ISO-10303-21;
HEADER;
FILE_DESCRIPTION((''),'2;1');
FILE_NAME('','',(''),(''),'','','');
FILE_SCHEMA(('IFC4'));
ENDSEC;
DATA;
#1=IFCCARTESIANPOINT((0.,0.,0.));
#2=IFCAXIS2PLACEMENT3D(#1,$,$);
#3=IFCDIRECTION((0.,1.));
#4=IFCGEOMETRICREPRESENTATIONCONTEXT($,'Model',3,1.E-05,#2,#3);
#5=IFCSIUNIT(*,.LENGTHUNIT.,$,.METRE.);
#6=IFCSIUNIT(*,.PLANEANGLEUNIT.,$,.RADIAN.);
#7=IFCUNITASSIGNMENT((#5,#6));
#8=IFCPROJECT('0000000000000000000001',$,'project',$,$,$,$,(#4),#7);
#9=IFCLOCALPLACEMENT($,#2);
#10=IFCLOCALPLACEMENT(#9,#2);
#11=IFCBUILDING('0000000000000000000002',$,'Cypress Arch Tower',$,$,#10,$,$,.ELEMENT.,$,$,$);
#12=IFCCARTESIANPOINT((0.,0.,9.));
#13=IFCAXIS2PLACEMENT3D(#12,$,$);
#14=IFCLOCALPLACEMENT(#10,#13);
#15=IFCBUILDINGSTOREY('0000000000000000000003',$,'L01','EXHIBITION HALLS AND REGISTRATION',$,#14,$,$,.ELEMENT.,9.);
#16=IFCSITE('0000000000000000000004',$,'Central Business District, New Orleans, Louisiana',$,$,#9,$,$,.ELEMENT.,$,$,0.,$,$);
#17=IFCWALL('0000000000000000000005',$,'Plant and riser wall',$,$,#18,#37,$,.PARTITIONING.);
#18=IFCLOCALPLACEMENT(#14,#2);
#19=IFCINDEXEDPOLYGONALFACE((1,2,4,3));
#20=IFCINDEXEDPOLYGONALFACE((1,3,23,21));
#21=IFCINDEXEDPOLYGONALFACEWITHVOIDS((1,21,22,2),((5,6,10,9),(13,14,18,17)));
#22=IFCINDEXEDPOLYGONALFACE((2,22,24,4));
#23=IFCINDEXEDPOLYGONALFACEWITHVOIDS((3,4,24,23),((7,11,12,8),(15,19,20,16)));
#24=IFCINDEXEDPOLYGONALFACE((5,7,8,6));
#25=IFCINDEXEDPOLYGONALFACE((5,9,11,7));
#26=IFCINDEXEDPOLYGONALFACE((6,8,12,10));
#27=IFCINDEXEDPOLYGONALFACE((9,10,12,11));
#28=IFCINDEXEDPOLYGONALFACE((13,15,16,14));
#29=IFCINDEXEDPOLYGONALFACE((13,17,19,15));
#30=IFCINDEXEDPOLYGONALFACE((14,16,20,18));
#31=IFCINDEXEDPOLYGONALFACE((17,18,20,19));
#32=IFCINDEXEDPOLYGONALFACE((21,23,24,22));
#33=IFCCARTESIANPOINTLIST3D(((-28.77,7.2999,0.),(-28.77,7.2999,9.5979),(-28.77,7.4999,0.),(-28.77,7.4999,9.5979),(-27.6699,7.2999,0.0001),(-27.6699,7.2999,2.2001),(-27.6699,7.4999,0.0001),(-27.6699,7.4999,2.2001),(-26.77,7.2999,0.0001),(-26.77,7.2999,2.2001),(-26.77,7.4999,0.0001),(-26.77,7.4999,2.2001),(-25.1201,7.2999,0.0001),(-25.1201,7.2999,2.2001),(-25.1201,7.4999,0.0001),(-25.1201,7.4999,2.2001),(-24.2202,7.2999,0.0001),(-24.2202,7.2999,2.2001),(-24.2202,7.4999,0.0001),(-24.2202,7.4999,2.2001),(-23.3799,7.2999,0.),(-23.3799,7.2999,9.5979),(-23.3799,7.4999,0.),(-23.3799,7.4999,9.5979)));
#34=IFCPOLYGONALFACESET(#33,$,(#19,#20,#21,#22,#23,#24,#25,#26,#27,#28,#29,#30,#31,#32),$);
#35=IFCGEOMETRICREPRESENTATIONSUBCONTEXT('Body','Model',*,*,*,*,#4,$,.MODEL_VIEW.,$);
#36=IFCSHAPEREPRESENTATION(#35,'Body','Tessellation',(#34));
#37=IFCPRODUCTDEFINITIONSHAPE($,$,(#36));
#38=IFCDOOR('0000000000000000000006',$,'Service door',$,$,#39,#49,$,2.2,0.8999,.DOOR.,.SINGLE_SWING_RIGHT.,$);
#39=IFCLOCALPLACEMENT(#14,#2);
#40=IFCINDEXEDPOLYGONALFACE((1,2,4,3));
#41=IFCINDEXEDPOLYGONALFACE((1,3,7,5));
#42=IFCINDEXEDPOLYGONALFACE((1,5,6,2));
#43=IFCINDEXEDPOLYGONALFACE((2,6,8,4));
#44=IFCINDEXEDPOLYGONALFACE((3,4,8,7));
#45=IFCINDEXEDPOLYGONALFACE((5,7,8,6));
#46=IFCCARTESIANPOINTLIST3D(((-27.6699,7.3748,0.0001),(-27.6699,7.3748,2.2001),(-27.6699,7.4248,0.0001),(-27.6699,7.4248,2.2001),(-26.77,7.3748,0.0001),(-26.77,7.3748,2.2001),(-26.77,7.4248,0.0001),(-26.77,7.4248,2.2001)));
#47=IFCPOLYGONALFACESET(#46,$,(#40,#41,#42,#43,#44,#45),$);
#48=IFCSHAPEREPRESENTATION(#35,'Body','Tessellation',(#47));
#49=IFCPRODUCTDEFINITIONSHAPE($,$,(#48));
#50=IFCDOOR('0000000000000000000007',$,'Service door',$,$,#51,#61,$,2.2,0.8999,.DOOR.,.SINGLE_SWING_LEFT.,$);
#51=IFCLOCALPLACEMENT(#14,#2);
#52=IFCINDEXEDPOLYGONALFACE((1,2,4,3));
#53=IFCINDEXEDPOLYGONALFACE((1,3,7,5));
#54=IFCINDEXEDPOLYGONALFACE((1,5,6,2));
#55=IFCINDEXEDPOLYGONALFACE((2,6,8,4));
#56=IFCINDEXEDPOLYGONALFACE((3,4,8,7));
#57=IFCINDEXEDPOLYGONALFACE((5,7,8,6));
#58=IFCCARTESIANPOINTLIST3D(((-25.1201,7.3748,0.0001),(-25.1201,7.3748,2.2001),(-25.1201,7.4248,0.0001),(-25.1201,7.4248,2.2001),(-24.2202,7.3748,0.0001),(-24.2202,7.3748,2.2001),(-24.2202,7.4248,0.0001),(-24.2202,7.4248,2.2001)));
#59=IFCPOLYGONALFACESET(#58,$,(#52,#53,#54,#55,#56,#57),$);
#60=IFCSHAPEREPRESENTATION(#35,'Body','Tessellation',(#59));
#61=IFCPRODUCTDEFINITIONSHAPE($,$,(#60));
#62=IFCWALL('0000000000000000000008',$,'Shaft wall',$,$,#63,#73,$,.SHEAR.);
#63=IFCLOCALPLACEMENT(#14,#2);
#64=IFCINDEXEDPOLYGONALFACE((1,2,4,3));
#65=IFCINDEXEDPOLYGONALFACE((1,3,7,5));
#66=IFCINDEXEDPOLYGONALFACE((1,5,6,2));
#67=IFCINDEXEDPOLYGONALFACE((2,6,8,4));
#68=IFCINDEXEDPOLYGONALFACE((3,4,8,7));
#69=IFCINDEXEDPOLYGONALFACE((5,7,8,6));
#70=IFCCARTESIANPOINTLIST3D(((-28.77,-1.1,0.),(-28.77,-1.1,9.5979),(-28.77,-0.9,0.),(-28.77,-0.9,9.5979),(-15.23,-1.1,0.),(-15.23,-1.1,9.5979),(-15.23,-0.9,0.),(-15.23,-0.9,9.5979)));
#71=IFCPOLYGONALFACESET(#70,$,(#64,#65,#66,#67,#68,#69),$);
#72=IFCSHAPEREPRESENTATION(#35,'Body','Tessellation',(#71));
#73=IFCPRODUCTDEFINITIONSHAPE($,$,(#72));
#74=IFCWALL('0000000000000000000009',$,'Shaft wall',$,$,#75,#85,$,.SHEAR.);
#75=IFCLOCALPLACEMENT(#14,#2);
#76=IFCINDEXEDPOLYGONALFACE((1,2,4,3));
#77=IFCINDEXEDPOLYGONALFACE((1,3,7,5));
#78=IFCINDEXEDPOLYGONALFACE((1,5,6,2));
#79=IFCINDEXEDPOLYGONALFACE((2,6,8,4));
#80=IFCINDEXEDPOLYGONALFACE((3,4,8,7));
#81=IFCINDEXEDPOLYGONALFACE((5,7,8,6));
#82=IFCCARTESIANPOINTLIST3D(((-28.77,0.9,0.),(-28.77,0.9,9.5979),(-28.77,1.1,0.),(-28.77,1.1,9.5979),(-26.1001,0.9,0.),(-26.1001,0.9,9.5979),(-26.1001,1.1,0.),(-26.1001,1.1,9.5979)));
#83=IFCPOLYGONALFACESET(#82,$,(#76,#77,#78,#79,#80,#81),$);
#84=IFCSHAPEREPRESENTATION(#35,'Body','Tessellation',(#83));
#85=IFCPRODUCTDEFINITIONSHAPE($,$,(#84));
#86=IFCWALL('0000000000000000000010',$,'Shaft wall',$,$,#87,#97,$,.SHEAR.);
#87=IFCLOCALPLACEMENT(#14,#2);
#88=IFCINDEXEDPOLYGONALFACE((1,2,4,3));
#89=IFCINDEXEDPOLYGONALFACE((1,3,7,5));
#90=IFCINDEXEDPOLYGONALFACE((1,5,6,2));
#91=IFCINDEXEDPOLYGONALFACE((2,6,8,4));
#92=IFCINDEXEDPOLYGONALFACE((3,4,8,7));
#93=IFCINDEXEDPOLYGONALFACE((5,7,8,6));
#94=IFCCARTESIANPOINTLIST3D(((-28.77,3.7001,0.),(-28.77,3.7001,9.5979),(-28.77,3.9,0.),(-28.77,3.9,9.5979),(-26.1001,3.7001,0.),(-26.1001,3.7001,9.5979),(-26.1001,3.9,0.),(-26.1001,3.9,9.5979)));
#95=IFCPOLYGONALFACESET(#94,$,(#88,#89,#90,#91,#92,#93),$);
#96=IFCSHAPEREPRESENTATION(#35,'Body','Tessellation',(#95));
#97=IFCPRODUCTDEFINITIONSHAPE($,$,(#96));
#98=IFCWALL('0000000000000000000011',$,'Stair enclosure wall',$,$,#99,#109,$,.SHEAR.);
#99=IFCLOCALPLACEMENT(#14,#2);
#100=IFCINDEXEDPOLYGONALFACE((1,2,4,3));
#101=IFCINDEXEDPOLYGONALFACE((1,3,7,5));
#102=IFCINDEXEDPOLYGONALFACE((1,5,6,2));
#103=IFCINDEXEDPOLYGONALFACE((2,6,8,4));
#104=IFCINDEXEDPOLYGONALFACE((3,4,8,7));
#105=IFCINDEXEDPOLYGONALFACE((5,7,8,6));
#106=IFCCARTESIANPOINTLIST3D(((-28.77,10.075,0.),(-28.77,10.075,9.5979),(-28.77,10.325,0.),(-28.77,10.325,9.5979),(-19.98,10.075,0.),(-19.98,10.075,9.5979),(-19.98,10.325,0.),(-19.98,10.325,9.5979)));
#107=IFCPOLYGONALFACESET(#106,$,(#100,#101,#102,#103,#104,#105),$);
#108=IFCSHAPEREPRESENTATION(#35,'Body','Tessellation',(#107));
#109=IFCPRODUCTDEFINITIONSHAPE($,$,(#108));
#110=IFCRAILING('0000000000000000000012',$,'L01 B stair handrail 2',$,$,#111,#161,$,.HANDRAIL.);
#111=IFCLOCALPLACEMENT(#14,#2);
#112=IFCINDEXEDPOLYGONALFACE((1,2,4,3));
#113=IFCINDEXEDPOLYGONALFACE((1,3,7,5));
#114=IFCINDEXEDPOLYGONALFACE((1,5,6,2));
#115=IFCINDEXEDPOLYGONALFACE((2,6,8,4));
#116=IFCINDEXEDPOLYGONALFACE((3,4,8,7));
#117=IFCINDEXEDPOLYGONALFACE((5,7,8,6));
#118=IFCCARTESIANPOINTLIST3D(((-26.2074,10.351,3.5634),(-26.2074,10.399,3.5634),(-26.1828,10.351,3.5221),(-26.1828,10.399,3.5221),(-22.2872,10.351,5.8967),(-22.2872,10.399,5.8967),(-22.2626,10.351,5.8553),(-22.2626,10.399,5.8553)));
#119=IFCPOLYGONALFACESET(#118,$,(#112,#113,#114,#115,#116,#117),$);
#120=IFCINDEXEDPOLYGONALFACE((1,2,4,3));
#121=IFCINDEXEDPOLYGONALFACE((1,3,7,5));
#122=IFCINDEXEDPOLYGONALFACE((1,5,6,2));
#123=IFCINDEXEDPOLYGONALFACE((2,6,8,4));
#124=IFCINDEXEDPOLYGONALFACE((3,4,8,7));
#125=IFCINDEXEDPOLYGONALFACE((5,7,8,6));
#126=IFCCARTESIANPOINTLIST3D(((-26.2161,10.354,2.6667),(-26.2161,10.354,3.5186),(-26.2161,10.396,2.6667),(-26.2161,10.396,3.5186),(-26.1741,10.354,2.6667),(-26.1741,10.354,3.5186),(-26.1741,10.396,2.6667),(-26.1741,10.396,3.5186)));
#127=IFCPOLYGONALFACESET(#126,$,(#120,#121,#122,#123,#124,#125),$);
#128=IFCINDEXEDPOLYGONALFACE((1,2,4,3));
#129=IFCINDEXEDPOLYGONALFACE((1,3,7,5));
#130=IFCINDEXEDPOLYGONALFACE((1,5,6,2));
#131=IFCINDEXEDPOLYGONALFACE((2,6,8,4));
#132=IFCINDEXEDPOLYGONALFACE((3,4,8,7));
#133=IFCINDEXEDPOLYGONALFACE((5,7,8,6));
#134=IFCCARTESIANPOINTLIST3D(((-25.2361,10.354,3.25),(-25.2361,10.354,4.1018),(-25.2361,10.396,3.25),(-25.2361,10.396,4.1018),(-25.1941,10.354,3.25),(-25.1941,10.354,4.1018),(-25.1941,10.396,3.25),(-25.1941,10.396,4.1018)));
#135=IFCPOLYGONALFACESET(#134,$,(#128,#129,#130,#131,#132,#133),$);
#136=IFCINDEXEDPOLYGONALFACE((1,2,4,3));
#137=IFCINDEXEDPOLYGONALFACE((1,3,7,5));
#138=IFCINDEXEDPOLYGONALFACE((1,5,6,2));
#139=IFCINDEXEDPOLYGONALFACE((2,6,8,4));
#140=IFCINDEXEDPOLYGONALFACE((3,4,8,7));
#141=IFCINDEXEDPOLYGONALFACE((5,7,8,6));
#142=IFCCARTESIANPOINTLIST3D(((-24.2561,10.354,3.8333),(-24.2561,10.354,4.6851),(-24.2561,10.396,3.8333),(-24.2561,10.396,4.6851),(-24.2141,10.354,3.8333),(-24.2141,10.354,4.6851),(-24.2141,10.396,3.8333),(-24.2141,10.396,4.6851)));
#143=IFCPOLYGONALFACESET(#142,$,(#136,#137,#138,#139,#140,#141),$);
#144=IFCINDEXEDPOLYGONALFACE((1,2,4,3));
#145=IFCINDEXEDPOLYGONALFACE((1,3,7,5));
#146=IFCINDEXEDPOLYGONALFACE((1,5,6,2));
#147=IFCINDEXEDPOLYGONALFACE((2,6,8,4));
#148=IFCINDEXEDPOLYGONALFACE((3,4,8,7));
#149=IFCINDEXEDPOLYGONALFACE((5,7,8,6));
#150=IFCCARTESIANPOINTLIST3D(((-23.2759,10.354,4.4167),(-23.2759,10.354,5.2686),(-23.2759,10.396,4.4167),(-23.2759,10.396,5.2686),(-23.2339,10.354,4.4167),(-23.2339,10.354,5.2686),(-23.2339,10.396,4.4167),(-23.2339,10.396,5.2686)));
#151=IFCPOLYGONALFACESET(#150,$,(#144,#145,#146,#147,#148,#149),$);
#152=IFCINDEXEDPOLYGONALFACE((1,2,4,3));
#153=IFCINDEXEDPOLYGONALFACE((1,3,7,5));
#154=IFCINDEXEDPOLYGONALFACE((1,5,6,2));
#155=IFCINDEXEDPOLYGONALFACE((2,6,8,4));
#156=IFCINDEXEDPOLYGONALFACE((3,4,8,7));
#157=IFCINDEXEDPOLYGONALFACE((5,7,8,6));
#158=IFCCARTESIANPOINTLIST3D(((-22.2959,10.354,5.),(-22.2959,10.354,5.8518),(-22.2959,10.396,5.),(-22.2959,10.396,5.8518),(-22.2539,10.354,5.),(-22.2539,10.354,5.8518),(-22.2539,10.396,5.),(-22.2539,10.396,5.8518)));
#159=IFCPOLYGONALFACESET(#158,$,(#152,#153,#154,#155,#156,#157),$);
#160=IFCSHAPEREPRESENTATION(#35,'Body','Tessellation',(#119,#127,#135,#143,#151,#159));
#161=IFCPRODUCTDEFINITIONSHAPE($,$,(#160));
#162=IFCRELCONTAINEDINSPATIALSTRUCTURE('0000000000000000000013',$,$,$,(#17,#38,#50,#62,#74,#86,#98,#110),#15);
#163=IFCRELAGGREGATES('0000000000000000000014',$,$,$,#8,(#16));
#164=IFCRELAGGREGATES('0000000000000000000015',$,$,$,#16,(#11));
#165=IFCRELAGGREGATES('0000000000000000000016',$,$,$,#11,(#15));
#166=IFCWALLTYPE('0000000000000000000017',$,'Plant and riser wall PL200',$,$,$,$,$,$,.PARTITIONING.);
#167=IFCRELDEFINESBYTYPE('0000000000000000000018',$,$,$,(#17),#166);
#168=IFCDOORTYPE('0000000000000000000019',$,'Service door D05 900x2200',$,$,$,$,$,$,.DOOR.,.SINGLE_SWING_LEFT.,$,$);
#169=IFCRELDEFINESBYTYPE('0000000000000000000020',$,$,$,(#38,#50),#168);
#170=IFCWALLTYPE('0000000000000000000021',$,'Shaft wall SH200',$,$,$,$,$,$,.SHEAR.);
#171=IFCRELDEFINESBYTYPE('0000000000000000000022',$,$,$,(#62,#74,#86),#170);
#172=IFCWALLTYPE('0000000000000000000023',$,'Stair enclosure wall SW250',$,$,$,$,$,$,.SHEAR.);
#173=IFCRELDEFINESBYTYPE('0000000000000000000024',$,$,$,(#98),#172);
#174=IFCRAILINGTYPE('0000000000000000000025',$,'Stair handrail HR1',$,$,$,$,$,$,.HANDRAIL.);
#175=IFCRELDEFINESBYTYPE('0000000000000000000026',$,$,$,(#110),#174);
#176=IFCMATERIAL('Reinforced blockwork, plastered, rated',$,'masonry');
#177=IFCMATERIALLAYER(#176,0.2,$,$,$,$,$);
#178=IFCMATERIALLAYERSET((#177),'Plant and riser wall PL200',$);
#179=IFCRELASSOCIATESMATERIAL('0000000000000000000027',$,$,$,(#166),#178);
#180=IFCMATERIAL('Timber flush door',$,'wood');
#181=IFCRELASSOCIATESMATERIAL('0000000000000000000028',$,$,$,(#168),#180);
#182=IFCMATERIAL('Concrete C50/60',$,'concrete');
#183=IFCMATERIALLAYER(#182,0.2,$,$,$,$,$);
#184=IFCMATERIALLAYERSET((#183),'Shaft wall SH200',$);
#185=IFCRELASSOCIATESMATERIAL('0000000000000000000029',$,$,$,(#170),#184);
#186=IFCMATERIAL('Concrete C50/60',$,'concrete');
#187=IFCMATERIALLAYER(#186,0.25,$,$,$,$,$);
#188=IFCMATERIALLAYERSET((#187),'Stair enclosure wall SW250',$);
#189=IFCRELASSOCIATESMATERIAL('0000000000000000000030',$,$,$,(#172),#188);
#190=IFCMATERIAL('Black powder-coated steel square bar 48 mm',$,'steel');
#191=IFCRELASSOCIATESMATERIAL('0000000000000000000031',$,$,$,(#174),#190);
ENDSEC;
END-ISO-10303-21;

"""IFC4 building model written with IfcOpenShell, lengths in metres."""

from ifc_helpers import new_model, si_unit, direction, frame, frame_2d, origin, origin_2d, place, context, subcontext, project, spatial, rectangle, extrude, material, layer, layer_set, type_object, element, fill, save


model = new_model("IFC4")

# Units and contexts
model_context = context("Model", 3, precision=1e-05, world=origin(), true_north=direction((0.0, 1.0)))
body_context = subcontext(model_context, "Body", "Model", "MODEL_VIEW")
ifc_project = project(units=[si_unit("LENGTHUNIT", "METRE"), si_unit("PLANEANGLEUNIT", "RADIAN")], contexts=[model_context])

# Site, building, storey
site_placement = place(None, origin())
site = spatial("IfcSite", under=ifc_project, at=site_placement, Name="Central Business District, New Orleans, Louisiana", CompositionType="ELEMENT", RefElevation=0.0)
building_placement = place(site_placement, origin())
building = spatial("IfcBuilding", under=site, at=building_placement, Name="Cypress Arch Tower", CompositionType="ELEMENT")
storey_placement = place(building_placement, frame((0.0, 0.0, 9.0)))
storey = spatial("IfcBuildingStorey", under=building, at=storey_placement, Name="L01", Description="EXHIBITION HALLS AND REGISTRATION", CompositionType="ELEMENT", Elevation=9.0)

# Wall, openings, doors
ifc_material_1 = material(Name="Reinforced blockwork, plastered, rated", Category="masonry")
ifc_layer_1 = layer(ifc_material_1, 0.2)
ifc_layer_set_1 = layer_set([ifc_layer_1], Name="Plant and riser wall PL200")
wall_type_1 = type_object("IfcWallType", Name="Plant and riser wall PL200", PredefinedType="PARTITIONING", material=ifc_layer_set_1)
wall_1_placement = place(storey_placement, frame((-28.77, 7.3999, 0.0), z_axis=(0.0, 0.0, 1.0), x_axis=(1.0, 0.0, 0.0)))
wall_1 = element("IfcWall", 1, at=wall_1_placement, inside=storey, type_object=wall_type_1, Name="Plant and riser wall", PredefinedType="PARTITIONING", context=body_context, shape_type="SweptSolid", body=[
    extrude(rectangle(XDim=5.3901, YDim=0.2, at=frame_2d((2.6951, 0.0))), origin(), (0.0, 0.0, 1.0), 9.5979),
])
opening_1_placement = place(wall_1_placement, frame((1.1001, 0.0, 0.0)))
opening_1 = element("IfcOpeningElement", 2, at=opening_1_placement, cuts=wall_1, PredefinedType="OPENING", context=body_context, shape_type="SweptSolid", body=[
    extrude(rectangle(XDim=0.8999, YDim=2.2, at=frame_2d((0.45, 1.1001))), frame((0.0, 0.1099, 0.0), z_axis=(0.0, -1.0, 0.0), x_axis=(1.0, 0.0, 0.0)), (0.0, 0.0, 1.0), 0.22),
])
opening_2_placement = place(wall_1_placement, frame((3.6499, 0.0, 0.0)))
opening_2 = element("IfcOpeningElement", 3, at=opening_2_placement, cuts=wall_1, PredefinedType="OPENING", context=body_context, shape_type="SweptSolid", body=[
    extrude(rectangle(XDim=0.8999, YDim=2.2, at=frame_2d((0.45, 1.1001))), frame((0.0, 0.1099, 0.0), z_axis=(0.0, -1.0, 0.0), x_axis=(1.0, 0.0, 0.0)), (0.0, 0.0, 1.0), 0.22),
])
ifc_material_2 = material(Name="Timber flush door", Category="wood")
door_type = type_object("IfcDoorType", Name="Service door D05 900x2200", OperationType="SINGLE_SWING_LEFT", PredefinedType="DOOR", material=ifc_material_2)
door_1_placement = place(opening_1_placement, origin())
door_1 = element("IfcDoor", 4, at=door_1_placement, inside=storey, type_object=door_type, Name="Service door", OperationType="SINGLE_SWING_RIGHT", OverallHeight=2.2, OverallWidth=0.8999, PredefinedType="DOOR", context=body_context, shape_type="SweptSolid", body=[
    extrude(rectangle(XDim=0.8999, YDim=2.2, at=frame_2d((0.45, 1.1001))), frame((0.0, 0.0249, 0.0), z_axis=(0.0, -1.0, 0.0), x_axis=(1.0, 0.0, 0.0)), (0.0, 0.0, 1.0), 0.05),
])
fill(opening_1, door_1)
door_2_placement = place(opening_2_placement, origin())
door_2 = element("IfcDoor", 5, at=door_2_placement, inside=storey, type_object=door_type, Name="Service door", OperationType="SINGLE_SWING_LEFT", OverallHeight=2.2, OverallWidth=0.8999, PredefinedType="DOOR", context=body_context, shape_type="SweptSolid", body=[
    extrude(rectangle(XDim=0.8999, YDim=2.2, at=frame_2d((0.45, 1.1001))), frame((0.0, 0.0249, 0.0), z_axis=(0.0, -1.0, 0.0), x_axis=(1.0, 0.0, 0.0)), (0.0, 0.0, 1.0), 0.05),
])
fill(opening_2, door_2)

# Walls
ifc_material_3 = material(Name="Concrete C50/60", Category="concrete")
ifc_layer_2 = layer(ifc_material_3, 0.2)
ifc_layer_set_2 = layer_set([ifc_layer_2], Name="Shaft wall SH200")
wall_type_2 = type_object("IfcWallType", Name="Shaft wall SH200", PredefinedType="SHEAR", material=ifc_layer_set_2)
wall_2_placement = place(storey_placement, frame((-28.77, -1.0, 0.0), z_axis=(0.0, 0.0, 1.0), x_axis=(1.0, 0.0, 0.0)))
element("IfcWall", 6, at=wall_2_placement, inside=storey, type_object=wall_type_2, Name="Shaft wall", PredefinedType="SHEAR", context=body_context, shape_type="SweptSolid", body=[
    extrude(rectangle(XDim=13.54, YDim=0.2, at=frame_2d((6.77, 0.0))), origin(), (0.0, 0.0, 1.0), 9.5979),
])
for number, where, z_axis, x_axis, name in (
    (7, (-28.77, 1.0, 0.0), (0.0, 0.0, 1.0), (1.0, 0.0, 0.0), "Shaft wall"),
    (8, (-28.77, 3.8, 0.0), (0.0, 0.0, 1.0), (1.0, 0.0, 0.0), "Shaft wall"),
):
    element("IfcWall", number, at=place(storey_placement, frame(where, z_axis=z_axis, x_axis=x_axis)), inside=storey, type_object=wall_type_2, Name=name, PredefinedType="SHEAR", context=body_context, shape_type="SweptSolid", body=[
        extrude(rectangle(XDim=2.6699, YDim=0.2, at=frame_2d((1.335, 0.0))), origin(), (0.0, 0.0, 1.0), 9.5979),
    ])
ifc_material_4 = material(Name="Concrete C50/60", Category="concrete")
ifc_layer_3 = layer(ifc_material_4, 0.25)
ifc_layer_set_3 = layer_set([ifc_layer_3], Name="Stair enclosure wall SW250")
wall_type_3 = type_object("IfcWallType", Name="Stair enclosure wall SW250", PredefinedType="SHEAR", material=ifc_layer_set_3)
wall_3_placement = place(storey_placement, frame((-28.77, 10.2, 0.0), z_axis=(0.0, 0.0, 1.0), x_axis=(1.0, 0.0, 0.0)))
element("IfcWall", 9, at=wall_3_placement, inside=storey, type_object=wall_type_3, Name="Stair enclosure wall", PredefinedType="SHEAR", context=body_context, shape_type="SweptSolid", body=[
    extrude(rectangle(XDim=8.79, YDim=0.25, at=frame_2d((4.395, 0.0))), origin(), (0.0, 0.0, 1.0), 9.5979),
])

# Railing
ifc_material_5 = material(Name="Black powder-coated steel square bar 48 mm", Category="steel")
railing_type_1 = type_object("IfcRailingType", Name="Stair handrail HR1", PredefinedType="HANDRAIL", material=ifc_material_5)
for number, where, name in (
    (10, (-26.1951, 10.375, 2.6667), "L01 B stair handrail 2"),
):
    element("IfcRailing", number, at=place(storey_placement, frame(where)), inside=storey, type_object=railing_type_1, Name=name, PredefinedType="HANDRAIL", context=body_context, shape_type="SweptSolid", body=[
        extrude(rectangle(XDim=0.0481, YDim=0.0481, at=origin_2d()), frame((0.0, 0.0, 0.876), z_axis=(0.85931, 0.0, 0.511455), x_axis=(0.0, 1.0, 0.0)), (0.0, 0.0, 1.0), 4.562),
        extrude(rectangle(XDim=0.042, YDim=0.042, at=origin_2d()), origin(), (0.0, 0.0, 1.0), 0.8518),
        extrude(rectangle(XDim=0.042, YDim=0.042, at=origin_2d()), frame((0.98, 0.0, 0.5833)), (0.0, 0.0, 1.0), 0.8518),
        extrude(rectangle(XDim=0.042, YDim=0.042, at=origin_2d()), frame((1.96, 0.0, 1.1665)), (0.0, 0.0, 1.0), 0.8518),
        extrude(rectangle(XDim=0.042, YDim=0.042, at=origin_2d()), frame((2.9402, 0.0, 1.75)), (0.0, 0.0, 1.0), 0.8518),
        extrude(rectangle(XDim=0.042, YDim=0.042, at=origin_2d()), frame((3.9202, 0.0, 2.3333)), (0.0, 0.0, 1.0), 0.8518),
    ])

save(model, "model.ifc")
